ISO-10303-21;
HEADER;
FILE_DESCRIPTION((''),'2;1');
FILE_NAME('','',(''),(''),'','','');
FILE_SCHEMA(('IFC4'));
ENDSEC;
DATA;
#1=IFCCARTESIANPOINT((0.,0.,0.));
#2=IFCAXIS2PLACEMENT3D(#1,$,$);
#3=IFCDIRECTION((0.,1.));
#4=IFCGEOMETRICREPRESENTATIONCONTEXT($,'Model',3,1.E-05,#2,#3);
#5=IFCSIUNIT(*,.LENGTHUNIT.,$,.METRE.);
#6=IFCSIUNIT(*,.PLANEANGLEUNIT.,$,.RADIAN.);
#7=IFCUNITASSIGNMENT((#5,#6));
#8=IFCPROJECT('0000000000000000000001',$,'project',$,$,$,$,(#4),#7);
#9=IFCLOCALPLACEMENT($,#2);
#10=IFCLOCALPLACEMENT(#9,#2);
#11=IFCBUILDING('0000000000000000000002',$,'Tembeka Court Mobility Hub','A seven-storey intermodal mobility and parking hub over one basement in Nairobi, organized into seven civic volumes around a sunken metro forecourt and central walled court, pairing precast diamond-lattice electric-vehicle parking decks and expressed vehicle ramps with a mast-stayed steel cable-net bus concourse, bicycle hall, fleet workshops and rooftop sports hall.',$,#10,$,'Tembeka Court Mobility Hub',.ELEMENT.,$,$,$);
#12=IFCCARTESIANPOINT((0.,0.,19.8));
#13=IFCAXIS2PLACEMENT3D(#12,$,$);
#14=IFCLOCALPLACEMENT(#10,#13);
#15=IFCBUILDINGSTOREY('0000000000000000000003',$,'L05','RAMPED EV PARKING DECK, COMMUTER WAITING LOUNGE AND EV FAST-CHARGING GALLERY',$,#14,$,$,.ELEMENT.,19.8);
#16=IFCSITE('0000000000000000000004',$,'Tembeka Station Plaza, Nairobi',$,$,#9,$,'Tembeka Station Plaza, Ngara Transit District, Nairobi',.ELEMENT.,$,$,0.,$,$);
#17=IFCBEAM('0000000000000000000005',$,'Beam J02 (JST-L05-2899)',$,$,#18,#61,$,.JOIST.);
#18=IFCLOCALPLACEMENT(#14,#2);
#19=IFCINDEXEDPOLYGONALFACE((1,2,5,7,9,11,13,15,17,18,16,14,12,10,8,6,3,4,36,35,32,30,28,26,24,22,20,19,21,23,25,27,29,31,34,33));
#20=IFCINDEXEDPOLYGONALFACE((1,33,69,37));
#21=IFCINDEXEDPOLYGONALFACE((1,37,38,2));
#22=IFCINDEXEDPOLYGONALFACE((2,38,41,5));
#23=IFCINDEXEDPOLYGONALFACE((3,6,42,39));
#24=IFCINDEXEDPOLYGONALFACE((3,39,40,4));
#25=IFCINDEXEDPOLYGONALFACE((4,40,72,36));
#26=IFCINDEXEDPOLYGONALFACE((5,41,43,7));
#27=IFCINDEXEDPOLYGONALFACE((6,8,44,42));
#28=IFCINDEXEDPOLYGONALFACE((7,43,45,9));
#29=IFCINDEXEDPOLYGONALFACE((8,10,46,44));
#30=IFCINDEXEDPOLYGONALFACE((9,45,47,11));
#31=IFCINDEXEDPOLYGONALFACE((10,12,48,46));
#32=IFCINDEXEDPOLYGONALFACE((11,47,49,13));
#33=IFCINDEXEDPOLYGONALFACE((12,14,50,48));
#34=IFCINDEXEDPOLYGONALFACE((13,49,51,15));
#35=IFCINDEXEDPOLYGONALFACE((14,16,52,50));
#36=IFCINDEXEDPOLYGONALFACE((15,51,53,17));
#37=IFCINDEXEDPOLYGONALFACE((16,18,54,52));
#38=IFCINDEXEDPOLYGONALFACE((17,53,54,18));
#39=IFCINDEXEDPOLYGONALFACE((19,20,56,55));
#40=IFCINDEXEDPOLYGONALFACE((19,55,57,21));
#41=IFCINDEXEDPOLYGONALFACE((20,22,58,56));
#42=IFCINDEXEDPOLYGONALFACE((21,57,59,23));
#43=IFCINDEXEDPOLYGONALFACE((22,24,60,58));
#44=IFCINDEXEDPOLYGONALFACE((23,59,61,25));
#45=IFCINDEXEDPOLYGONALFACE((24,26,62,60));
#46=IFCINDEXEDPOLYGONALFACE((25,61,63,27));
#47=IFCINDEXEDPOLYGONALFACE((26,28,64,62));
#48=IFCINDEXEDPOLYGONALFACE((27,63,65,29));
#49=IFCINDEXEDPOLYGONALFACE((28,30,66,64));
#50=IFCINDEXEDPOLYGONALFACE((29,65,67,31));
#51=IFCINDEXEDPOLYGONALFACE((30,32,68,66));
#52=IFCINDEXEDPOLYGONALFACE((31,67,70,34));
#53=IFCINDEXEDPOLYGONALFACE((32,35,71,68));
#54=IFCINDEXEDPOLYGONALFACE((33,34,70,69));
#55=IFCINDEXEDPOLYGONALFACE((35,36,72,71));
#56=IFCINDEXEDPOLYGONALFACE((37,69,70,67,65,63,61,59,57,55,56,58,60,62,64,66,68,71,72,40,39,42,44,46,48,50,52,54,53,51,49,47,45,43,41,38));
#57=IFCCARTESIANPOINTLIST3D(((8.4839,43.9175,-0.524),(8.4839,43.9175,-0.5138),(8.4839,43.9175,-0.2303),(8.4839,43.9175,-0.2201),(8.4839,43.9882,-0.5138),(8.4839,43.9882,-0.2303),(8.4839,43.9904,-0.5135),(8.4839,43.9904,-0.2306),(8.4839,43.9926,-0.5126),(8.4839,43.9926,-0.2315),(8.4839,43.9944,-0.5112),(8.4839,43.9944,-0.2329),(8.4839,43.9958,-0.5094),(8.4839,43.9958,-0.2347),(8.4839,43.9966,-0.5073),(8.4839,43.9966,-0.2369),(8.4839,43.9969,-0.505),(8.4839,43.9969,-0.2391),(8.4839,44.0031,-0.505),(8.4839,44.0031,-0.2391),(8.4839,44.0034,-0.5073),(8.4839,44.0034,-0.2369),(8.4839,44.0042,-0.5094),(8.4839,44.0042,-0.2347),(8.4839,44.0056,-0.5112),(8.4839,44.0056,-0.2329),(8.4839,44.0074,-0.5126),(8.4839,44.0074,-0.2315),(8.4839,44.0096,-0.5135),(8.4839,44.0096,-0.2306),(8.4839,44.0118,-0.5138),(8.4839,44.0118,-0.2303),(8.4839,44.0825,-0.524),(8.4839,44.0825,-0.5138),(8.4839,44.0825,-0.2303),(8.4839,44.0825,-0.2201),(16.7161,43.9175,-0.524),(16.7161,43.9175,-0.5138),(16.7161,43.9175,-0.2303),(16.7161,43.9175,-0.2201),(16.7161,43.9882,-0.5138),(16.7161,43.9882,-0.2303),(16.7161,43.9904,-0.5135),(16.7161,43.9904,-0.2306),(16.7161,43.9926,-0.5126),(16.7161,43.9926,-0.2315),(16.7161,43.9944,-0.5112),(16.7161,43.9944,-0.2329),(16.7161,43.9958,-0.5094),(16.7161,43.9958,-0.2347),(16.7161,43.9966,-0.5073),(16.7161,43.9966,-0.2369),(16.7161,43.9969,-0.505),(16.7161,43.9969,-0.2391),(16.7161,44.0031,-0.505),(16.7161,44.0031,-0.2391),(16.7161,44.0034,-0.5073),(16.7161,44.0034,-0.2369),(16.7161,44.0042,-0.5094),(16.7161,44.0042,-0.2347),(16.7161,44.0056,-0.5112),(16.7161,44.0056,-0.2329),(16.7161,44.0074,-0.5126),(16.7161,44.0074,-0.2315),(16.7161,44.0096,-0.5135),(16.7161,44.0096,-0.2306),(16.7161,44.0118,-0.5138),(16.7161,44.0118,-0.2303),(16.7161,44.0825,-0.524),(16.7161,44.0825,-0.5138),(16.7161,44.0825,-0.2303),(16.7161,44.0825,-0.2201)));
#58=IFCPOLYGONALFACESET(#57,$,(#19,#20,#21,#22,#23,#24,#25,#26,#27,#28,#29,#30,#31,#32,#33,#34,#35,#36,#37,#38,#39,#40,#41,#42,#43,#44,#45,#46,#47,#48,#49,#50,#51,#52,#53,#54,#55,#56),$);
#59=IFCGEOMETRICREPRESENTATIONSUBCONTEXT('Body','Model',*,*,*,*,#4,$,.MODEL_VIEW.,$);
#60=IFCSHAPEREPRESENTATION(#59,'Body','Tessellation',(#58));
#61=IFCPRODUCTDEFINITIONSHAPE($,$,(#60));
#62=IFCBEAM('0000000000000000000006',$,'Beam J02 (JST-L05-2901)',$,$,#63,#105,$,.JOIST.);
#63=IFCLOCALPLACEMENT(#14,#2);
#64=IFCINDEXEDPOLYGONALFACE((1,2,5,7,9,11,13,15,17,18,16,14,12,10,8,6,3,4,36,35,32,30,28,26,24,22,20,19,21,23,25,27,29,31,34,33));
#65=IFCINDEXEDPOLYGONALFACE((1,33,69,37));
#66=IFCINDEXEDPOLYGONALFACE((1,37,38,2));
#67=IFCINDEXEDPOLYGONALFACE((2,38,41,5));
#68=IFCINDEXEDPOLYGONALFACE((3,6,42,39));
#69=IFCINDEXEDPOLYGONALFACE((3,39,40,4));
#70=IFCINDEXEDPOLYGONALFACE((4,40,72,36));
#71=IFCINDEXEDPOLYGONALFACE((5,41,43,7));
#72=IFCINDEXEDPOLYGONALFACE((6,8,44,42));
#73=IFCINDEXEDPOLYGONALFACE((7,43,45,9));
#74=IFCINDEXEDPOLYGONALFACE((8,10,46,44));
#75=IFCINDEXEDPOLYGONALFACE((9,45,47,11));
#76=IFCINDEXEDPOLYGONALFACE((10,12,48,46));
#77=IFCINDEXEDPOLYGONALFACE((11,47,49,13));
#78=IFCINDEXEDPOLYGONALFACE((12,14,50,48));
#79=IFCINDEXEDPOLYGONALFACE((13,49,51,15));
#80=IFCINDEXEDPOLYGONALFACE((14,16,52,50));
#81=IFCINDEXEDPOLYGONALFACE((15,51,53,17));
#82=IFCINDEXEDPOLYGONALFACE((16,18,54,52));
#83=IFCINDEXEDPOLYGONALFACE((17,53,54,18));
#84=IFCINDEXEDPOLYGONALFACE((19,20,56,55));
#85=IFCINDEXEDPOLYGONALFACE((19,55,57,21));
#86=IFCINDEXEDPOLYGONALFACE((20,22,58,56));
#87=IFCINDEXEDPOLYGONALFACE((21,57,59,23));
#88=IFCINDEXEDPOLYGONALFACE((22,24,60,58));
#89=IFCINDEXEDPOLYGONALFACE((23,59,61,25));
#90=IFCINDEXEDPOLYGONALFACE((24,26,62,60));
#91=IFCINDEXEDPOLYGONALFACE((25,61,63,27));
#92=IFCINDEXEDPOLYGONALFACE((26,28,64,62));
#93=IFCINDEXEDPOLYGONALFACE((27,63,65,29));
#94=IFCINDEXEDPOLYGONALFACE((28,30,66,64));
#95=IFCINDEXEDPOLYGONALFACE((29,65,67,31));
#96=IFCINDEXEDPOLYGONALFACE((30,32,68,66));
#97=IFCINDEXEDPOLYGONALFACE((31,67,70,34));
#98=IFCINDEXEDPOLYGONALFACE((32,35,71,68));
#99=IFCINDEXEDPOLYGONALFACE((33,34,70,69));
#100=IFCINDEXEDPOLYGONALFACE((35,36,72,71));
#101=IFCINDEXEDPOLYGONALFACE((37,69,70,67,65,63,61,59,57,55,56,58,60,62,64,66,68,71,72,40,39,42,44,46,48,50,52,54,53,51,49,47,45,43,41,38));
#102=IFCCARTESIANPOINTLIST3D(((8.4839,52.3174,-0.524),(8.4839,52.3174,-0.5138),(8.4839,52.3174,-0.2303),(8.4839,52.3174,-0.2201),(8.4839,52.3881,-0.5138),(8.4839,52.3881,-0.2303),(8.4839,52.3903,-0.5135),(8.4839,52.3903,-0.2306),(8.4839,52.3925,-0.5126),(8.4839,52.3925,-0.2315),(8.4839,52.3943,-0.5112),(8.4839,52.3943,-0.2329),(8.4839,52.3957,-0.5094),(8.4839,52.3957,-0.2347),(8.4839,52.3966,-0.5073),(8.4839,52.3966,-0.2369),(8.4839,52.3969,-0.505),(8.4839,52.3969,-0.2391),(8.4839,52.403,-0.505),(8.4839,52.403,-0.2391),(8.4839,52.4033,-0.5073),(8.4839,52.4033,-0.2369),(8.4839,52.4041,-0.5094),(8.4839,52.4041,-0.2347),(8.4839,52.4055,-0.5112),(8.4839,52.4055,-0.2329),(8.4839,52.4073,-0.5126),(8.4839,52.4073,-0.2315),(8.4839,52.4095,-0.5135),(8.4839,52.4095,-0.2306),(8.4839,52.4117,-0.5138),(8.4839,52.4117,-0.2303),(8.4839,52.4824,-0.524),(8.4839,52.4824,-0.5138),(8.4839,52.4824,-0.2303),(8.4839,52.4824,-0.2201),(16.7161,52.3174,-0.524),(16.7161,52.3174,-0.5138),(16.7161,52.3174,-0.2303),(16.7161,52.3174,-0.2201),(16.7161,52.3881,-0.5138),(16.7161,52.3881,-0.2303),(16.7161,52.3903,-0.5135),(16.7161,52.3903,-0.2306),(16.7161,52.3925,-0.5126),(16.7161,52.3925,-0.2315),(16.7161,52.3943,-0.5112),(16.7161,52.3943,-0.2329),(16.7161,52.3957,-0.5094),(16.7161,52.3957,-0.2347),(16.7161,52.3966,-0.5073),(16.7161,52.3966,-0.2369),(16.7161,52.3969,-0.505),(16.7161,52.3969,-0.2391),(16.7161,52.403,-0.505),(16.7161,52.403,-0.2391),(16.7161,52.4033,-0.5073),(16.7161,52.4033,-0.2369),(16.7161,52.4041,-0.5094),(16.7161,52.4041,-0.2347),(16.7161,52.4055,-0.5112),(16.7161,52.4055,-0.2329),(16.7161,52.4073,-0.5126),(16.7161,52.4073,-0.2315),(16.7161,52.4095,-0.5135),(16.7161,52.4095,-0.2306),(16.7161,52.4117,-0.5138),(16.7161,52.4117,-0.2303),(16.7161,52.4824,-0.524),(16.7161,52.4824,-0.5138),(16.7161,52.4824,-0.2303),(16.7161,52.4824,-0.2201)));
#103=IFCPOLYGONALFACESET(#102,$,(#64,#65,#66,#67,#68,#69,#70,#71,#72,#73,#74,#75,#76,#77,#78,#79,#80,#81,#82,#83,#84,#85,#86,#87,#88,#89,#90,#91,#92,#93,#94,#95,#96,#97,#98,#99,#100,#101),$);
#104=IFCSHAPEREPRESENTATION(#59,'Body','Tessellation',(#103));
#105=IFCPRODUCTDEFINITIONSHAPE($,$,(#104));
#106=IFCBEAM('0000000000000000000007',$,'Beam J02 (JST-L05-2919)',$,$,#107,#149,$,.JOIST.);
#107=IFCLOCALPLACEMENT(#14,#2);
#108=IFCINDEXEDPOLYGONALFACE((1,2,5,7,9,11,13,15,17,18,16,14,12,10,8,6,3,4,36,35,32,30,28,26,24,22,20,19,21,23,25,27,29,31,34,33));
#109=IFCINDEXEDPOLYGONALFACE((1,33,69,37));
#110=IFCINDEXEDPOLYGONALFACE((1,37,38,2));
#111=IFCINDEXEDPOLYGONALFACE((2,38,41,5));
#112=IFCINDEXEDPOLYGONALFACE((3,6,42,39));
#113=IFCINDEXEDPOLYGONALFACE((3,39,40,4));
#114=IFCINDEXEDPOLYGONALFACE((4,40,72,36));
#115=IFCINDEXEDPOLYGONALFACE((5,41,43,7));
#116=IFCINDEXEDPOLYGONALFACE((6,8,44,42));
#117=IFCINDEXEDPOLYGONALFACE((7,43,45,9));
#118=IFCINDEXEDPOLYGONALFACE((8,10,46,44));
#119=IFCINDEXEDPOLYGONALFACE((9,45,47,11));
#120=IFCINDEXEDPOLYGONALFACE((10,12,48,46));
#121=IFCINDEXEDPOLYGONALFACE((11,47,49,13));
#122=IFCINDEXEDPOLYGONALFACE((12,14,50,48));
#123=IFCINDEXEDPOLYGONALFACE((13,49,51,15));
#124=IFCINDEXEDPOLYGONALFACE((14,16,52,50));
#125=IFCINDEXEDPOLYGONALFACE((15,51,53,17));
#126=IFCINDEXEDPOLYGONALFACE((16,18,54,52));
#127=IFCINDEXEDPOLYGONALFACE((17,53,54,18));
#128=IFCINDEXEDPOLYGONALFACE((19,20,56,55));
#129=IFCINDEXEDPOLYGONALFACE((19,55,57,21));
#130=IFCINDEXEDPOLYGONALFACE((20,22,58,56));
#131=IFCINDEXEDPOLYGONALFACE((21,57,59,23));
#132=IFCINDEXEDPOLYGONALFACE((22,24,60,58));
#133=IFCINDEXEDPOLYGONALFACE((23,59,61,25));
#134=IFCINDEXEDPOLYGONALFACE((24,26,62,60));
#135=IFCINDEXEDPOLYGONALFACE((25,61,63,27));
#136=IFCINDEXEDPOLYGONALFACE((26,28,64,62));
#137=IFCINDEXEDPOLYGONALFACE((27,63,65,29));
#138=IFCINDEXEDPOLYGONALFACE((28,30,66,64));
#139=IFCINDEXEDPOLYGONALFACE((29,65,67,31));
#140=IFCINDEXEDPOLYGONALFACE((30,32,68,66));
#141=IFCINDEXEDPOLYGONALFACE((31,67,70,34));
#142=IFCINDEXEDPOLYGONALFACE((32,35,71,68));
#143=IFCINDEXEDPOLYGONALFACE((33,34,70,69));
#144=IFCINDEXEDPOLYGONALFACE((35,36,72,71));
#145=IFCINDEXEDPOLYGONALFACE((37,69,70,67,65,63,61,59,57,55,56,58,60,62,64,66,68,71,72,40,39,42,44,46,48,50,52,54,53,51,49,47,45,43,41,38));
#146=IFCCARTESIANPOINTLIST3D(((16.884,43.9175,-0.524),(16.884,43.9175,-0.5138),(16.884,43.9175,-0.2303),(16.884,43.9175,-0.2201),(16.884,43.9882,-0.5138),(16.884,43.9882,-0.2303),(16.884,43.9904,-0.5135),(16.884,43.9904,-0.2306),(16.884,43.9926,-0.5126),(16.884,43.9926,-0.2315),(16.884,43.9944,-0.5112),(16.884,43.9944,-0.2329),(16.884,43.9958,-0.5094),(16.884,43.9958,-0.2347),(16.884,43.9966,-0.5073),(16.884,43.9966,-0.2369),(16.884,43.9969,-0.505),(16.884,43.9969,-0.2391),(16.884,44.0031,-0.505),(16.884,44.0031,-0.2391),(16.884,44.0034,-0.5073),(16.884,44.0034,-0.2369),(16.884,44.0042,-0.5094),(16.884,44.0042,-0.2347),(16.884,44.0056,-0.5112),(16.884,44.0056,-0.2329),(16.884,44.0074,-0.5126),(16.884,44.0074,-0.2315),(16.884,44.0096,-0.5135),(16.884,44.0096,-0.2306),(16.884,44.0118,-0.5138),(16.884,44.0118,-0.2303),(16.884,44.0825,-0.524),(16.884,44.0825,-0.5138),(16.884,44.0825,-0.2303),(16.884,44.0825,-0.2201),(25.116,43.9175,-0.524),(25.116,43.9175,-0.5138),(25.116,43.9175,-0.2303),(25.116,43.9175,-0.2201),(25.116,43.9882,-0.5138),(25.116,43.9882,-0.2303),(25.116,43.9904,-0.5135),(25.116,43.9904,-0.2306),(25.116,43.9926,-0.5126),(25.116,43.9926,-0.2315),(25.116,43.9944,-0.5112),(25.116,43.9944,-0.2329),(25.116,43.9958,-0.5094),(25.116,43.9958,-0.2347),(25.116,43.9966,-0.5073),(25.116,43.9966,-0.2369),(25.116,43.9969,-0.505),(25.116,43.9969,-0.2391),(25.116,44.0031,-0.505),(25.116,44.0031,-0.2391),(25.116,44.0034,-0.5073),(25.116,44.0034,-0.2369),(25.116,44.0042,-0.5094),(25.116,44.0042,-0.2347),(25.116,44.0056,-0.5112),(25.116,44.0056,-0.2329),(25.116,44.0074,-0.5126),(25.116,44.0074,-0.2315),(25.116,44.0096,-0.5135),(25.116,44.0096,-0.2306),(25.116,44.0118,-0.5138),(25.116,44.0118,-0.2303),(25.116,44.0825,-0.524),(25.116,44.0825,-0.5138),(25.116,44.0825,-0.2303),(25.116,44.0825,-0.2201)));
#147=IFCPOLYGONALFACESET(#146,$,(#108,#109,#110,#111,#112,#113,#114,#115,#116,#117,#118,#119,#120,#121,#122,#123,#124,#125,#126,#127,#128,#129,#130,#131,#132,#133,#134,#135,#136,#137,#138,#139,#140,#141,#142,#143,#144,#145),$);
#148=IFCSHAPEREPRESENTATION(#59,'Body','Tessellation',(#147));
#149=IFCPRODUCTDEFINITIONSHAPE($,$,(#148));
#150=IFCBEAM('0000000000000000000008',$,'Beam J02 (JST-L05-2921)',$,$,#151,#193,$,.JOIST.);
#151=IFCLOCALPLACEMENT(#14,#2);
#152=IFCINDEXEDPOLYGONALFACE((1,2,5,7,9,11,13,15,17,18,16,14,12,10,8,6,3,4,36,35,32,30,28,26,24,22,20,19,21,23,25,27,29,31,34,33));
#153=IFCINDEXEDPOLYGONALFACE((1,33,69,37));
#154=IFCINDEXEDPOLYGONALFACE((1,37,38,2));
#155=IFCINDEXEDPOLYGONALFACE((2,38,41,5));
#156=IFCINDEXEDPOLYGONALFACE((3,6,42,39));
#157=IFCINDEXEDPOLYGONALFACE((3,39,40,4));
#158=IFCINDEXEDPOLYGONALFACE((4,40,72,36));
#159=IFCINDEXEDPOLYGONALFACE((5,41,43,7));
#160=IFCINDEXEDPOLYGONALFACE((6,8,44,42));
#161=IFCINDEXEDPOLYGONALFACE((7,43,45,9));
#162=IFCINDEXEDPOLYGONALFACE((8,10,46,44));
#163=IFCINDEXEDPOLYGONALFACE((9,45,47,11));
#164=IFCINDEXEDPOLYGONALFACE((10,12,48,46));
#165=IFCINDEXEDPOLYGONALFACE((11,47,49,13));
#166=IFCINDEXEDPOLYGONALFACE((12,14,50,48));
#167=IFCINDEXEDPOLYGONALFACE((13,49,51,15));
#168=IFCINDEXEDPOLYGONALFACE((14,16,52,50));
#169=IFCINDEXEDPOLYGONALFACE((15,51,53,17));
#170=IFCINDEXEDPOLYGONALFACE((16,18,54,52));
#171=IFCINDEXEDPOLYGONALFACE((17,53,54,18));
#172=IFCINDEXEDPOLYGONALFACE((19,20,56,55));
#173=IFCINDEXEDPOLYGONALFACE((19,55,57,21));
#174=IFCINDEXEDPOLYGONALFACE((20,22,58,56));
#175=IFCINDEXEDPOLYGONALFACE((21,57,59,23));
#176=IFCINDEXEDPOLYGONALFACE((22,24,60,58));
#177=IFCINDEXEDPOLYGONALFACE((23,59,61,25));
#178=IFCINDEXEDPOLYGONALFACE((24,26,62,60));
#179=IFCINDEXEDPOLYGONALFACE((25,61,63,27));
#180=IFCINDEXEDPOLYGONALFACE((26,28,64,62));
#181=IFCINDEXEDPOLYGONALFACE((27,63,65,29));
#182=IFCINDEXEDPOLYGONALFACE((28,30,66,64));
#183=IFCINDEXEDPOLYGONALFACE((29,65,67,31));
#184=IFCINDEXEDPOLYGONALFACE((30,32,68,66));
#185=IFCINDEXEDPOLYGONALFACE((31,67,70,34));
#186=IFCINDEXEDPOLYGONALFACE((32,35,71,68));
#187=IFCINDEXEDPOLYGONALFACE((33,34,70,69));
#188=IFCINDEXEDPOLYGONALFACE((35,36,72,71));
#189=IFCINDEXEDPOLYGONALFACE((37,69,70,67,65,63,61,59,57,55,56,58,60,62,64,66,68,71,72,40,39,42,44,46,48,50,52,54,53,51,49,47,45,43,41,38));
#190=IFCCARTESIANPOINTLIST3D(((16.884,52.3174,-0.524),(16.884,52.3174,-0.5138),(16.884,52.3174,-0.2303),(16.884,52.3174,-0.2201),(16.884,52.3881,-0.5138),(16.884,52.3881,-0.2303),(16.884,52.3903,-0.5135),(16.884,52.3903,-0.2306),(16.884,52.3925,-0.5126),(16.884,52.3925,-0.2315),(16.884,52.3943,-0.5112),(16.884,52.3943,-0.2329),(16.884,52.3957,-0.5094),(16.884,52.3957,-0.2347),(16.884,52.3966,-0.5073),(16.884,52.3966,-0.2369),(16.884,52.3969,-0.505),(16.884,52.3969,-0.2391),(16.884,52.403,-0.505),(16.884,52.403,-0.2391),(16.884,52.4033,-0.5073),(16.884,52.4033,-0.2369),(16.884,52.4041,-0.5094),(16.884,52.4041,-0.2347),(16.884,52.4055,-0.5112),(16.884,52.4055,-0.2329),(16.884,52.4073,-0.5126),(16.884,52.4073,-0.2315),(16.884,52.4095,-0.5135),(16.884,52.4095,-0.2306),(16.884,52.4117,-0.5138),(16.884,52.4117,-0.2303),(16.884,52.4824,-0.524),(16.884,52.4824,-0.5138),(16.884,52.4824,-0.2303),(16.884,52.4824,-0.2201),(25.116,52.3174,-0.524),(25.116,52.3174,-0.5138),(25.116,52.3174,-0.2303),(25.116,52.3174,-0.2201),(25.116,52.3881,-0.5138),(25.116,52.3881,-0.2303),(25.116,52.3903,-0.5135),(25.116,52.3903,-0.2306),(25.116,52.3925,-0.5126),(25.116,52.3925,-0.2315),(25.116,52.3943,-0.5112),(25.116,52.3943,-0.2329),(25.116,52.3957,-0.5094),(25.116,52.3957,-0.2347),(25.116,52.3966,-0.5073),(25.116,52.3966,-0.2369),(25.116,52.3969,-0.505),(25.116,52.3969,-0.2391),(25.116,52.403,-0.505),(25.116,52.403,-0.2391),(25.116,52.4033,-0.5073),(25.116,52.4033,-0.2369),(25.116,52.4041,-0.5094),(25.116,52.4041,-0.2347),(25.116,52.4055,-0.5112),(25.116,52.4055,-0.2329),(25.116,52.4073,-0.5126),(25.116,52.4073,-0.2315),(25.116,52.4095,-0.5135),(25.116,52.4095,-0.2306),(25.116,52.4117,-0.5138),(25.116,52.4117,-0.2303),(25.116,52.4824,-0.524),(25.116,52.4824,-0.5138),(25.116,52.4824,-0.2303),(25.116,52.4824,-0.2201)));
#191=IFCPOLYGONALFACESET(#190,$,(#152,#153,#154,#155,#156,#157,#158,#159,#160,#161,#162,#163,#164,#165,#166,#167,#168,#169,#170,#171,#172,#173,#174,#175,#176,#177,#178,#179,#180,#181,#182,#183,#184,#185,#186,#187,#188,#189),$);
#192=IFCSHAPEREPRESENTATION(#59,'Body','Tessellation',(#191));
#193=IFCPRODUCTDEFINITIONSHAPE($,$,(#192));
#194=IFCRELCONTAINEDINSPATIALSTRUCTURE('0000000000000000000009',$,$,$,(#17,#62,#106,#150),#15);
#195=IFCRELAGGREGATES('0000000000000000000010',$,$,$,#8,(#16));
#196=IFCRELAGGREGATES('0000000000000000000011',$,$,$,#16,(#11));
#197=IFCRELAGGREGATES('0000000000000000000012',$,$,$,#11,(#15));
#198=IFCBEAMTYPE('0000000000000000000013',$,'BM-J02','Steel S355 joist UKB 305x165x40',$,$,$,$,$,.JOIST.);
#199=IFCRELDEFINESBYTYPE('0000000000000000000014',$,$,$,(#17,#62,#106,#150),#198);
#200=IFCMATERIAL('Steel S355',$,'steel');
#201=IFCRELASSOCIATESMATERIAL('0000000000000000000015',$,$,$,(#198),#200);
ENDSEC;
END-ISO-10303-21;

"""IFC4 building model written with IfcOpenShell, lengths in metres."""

from ifc_helpers import new_model, si_unit, direction, frame, origin, origin_2d, place, context, subcontext, project, spatial, i_section, extrude, material, material_profile, profile_set, type_object, element, save


model = new_model("IFC4")

# Units and contexts
model_context = context("Model", 3, precision=1e-05, world=origin(), true_north=direction((0.0, 1.0)))
body_context = subcontext(model_context, "Body", "Model", "MODEL_VIEW")
ifc_project = project(units=[si_unit("LENGTHUNIT", "METRE"), si_unit("PLANEANGLEUNIT", "RADIAN")], contexts=[model_context])

# Site, building, storey
site_placement = place(None, origin())
site = spatial("IfcSite", under=ifc_project, at=site_placement, Name="Tembeka Station Plaza, Nairobi", LongName="Tembeka Station Plaza, Ngara Transit District, Nairobi", CompositionType="ELEMENT", RefElevation=0.0)
building_placement = place(site_placement, origin())
building = spatial("IfcBuilding", under=site, at=building_placement, Name="Tembeka Court Mobility Hub", Description="A seven-storey intermodal mobility and parking hub over one basement in Nairobi, organized into seven civic volumes around a sunken metro forecourt and central walled court, pairing precast diamond-lattice electric-vehicle parking decks and expressed vehicle ramps with a mast-stayed steel cable-net bus concourse, bicycle hall, fleet workshops and rooftop sports hall.", LongName="Tembeka Court Mobility Hub", CompositionType="ELEMENT")
storey_placement = place(building_placement, frame((0.0, 0.0, 19.8)))
storey = spatial("IfcBuildingStorey", under=building, at=storey_placement, Name="L05", Description="RAMPED EV PARKING DECK, COMMUTER WAITING LOUNGE AND EV FAST-CHARGING GALLERY", CompositionType="ELEMENT", Elevation=19.8)

# Shared definitions
ifc_material_1 = material(Name="Steel S355", Category="steel")

# Beams
ifc_material_profile_1 = material_profile(ifc_material_1, i_section(OverallWidth=0.165, OverallDepth=0.304, WebThickness=0.0061, FlangeThickness=0.0103, FilletRadius=0.0088, at=origin_2d()), Name="UKB 305x165x40")
ifc_profile_set_1 = profile_set([ifc_material_profile_1], Name="Steel S355")
beam_type_1 = type_object("IfcBeamType", Name="BM-J02", Description="Steel S355 joist UKB 305x165x40", PredefinedType="JOIST", material=ifc_profile_set_1)
for number, where, z_axis, x_axis, name in (
    (1, (8.4839, 44.0, -0.3721), (1.0, 0.0, 0.0), (0.0, 1.0, 0.0), "Beam J02 (JST-L05-2899)"),
    (2, (8.4839, 52.3999, -0.3721), (1.0, 0.0, 0.0), (0.0, 1.0, 0.0), "Beam J02 (JST-L05-2901)"),
):
    element("IfcBeam", number, at=place(storey_placement, frame(where, z_axis=z_axis, x_axis=x_axis)), inside=storey, type_object=beam_type_1, Name=name, PredefinedType="JOIST", context=body_context, shape_type="SweptSolid", body=[
        extrude(i_section(OverallWidth=0.165, OverallDepth=0.304, WebThickness=0.0061, FlangeThickness=0.0103, FilletRadius=0.0088, at=origin_2d()), origin(), (0.0, 0.0, 1.0), 8.2322),
    ])
for number, where, z_axis, x_axis, name in (
    (3, (16.884, 44.0, -0.3721), (1.0, 0.0, 0.0), (0.0, 1.0, 0.0), "Beam J02 (JST-L05-2919)"),
    (4, (16.884, 52.3999, -0.3721), (1.0, 0.0, 0.0), (0.0, 1.0, 0.0), "Beam J02 (JST-L05-2921)"),
):
    element("IfcBeam", number, at=place(storey_placement, frame(where, z_axis=z_axis, x_axis=x_axis)), inside=storey, type_object=beam_type_1, Name=name, PredefinedType="JOIST", context=body_context, shape_type="SweptSolid", body=[
        extrude(i_section(OverallWidth=0.165, OverallDepth=0.304, WebThickness=0.0061, FlangeThickness=0.0103, FilletRadius=0.0088, at=origin_2d()), origin(), (0.0, 0.0, 1.0), 8.2319),
    ])

save(model, "model.ifc")
